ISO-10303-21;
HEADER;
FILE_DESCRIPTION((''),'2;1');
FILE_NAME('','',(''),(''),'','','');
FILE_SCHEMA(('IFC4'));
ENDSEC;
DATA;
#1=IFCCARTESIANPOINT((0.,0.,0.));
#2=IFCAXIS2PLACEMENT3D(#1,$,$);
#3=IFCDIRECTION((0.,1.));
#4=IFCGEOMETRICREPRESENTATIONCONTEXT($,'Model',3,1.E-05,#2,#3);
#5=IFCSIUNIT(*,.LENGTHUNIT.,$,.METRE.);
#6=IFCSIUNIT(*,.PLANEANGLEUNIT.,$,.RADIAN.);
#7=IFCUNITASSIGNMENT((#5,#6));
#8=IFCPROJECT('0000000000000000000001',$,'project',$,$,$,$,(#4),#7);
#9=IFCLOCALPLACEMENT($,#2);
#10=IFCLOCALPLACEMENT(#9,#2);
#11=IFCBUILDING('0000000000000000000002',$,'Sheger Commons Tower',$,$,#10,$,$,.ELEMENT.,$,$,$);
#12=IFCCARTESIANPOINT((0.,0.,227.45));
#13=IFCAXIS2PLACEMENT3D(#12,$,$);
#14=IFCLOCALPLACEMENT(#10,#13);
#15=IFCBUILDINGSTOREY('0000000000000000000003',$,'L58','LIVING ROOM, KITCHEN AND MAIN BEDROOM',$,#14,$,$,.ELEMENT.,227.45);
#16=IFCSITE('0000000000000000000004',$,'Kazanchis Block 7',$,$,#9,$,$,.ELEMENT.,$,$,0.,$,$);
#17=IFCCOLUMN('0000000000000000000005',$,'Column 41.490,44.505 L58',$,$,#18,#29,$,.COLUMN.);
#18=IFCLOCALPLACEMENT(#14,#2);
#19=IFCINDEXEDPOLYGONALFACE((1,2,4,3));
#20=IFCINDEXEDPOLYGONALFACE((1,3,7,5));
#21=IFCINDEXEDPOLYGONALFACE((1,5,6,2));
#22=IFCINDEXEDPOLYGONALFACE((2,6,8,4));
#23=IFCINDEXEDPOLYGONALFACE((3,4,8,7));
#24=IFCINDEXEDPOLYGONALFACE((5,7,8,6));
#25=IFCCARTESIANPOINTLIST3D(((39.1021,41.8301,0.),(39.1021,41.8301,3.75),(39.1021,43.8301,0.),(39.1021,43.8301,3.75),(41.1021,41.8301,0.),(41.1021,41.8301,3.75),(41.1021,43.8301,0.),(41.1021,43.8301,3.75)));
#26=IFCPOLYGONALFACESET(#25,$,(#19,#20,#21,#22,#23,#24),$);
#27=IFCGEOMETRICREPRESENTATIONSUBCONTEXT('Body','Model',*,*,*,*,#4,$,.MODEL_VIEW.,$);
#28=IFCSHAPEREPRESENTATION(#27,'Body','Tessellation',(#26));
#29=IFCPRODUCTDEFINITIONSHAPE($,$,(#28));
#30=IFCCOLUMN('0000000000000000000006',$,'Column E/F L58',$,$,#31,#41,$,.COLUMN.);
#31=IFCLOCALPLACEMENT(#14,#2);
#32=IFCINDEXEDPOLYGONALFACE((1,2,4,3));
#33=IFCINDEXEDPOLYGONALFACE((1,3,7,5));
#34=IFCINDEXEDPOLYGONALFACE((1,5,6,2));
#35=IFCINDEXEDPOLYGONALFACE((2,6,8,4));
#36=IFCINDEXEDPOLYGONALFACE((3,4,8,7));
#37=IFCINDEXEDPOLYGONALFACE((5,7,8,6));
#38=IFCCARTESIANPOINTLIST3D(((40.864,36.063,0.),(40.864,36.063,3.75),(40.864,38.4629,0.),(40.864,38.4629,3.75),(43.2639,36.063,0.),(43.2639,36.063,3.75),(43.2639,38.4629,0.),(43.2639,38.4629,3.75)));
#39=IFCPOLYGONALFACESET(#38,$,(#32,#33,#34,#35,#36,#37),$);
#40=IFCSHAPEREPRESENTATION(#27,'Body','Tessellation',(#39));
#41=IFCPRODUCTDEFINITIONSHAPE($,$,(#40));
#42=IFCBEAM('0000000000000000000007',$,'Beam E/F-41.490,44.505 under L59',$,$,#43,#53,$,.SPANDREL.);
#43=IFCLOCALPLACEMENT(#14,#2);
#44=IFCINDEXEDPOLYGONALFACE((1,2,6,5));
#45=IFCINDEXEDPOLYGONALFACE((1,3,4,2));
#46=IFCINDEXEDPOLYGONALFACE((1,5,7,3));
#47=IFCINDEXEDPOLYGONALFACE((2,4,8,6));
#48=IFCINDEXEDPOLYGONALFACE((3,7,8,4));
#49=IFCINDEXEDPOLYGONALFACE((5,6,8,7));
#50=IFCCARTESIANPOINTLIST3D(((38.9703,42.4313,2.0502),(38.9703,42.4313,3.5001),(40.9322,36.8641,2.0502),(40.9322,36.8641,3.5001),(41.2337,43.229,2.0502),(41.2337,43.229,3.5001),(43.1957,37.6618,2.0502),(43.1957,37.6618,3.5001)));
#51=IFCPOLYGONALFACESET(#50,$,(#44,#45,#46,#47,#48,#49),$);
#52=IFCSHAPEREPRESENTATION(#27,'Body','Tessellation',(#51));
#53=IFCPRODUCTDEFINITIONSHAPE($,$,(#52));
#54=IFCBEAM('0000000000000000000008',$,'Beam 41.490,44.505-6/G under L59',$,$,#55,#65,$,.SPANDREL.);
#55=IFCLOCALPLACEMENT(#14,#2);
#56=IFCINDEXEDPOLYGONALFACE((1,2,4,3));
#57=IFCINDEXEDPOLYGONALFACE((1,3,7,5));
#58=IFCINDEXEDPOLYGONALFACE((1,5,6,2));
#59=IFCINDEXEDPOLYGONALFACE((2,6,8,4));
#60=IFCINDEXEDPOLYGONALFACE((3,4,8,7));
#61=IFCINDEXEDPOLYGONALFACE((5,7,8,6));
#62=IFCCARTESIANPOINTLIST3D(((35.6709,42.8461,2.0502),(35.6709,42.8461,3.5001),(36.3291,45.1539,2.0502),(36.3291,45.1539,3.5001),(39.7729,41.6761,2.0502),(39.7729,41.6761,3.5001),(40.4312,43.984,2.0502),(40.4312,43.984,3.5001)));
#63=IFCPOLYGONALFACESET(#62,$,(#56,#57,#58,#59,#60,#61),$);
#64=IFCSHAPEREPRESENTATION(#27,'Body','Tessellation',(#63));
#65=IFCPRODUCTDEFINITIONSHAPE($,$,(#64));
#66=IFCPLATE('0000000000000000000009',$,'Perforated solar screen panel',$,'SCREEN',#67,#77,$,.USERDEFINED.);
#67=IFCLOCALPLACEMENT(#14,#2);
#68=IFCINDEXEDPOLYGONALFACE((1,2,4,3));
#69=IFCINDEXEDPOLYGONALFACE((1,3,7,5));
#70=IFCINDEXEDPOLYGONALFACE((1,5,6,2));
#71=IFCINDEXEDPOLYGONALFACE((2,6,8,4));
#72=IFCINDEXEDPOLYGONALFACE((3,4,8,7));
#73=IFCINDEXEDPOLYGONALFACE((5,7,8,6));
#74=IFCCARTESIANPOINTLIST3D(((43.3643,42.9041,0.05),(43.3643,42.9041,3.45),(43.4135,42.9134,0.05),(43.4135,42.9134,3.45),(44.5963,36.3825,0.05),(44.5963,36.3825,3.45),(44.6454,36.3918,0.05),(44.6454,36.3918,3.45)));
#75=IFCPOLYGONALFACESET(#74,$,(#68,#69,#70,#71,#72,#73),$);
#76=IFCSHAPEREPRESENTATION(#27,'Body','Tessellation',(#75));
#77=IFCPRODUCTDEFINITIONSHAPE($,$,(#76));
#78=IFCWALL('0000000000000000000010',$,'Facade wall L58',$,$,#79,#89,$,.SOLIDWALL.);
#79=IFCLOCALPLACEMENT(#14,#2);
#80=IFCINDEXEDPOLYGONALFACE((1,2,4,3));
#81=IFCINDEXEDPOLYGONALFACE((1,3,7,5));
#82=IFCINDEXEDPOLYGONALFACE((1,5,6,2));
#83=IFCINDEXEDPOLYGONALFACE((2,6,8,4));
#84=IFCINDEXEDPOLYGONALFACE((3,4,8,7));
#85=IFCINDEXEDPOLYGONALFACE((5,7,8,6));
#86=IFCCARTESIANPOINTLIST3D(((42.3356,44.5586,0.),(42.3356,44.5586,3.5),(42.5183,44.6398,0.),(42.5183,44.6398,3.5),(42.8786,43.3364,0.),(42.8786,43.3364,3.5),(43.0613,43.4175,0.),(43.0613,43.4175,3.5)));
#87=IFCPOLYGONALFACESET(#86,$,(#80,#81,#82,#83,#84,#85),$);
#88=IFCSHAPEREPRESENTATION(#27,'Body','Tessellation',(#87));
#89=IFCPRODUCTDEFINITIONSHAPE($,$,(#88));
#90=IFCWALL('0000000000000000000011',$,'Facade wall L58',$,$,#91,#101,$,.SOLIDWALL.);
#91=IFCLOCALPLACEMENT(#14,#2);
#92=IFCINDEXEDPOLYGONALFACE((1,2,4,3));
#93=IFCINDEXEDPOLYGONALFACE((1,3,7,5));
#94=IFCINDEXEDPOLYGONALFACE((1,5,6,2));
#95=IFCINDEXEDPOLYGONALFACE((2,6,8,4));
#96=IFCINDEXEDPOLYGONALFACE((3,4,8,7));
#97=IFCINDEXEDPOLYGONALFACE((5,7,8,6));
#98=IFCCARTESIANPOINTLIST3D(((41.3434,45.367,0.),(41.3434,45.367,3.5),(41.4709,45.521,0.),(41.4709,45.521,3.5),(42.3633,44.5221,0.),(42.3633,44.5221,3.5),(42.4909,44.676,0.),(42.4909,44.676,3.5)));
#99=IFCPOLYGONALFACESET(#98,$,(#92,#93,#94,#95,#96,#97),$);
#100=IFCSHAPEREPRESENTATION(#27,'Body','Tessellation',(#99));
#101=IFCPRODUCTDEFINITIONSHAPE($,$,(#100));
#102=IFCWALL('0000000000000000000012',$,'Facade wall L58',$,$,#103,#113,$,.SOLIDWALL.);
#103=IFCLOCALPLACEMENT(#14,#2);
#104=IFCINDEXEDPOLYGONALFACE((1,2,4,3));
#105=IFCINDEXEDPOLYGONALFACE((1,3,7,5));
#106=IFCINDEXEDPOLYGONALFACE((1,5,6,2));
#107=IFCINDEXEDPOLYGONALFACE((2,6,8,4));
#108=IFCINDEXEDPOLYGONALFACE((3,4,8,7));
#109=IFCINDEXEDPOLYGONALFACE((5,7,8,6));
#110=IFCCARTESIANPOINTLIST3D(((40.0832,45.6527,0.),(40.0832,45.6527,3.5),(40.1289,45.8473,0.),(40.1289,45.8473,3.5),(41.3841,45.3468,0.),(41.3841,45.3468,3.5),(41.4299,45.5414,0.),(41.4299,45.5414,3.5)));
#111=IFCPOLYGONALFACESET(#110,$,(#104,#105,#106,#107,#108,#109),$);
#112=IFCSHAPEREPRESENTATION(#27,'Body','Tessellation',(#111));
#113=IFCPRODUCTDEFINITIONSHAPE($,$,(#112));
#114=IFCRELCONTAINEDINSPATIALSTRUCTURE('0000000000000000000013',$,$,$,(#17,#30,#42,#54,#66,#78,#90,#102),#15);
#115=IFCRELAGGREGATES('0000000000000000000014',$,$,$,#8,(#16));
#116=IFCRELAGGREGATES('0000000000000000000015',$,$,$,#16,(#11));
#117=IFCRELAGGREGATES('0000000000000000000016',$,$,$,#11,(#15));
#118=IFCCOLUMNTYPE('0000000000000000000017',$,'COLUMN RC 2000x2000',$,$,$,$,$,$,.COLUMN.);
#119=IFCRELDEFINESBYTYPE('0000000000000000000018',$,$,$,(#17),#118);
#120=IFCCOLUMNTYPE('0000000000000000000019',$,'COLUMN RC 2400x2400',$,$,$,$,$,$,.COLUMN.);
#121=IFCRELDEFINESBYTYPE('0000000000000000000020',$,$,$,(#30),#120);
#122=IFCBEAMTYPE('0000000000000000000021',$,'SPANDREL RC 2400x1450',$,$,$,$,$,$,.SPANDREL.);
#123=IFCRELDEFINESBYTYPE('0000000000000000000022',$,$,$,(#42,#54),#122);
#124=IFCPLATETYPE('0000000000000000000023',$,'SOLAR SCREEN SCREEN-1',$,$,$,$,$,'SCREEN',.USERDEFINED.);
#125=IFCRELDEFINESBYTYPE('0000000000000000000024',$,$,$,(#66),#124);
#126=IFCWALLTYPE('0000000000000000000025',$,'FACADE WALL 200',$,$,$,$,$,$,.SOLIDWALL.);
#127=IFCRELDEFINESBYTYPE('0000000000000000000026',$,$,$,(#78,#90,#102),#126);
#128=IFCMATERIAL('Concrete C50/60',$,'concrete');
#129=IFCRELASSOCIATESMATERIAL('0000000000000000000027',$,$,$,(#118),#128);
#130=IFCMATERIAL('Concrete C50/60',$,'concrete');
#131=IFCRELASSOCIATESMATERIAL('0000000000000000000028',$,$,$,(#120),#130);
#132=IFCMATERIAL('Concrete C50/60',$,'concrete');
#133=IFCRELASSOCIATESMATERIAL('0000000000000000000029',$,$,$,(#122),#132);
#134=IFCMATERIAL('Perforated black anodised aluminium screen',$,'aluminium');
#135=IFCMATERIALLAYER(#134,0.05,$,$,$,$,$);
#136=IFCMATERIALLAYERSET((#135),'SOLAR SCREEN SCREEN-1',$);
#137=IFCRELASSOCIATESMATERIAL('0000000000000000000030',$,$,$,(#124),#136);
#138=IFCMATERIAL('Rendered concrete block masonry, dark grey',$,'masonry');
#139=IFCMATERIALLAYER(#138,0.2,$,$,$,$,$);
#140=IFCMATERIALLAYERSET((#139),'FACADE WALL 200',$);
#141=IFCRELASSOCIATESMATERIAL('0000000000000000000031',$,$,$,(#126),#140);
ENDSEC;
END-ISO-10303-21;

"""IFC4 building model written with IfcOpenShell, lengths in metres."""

from ifc_helpers import new_model, si_unit, direction, frame, frame_2d, origin, origin_2d, place, context, subcontext, project, spatial, rectangle, extrude, material, layer, layer_set, material_profile, profile_set, type_object, element, save


model = new_model("IFC4")

# Units and contexts
model_context = context("Model", 3, precision=1e-05, world=origin(), true_north=direction((0.0, 1.0)))
body_context = subcontext(model_context, "Body", "Model", "MODEL_VIEW")
ifc_project = project(units=[si_unit("LENGTHUNIT", "METRE"), si_unit("PLANEANGLEUNIT", "RADIAN")], contexts=[model_context])

# Site, building, storey
site_placement = place(None, origin())
site = spatial("IfcSite", under=ifc_project, at=site_placement, Name="Kazanchis Block 7", CompositionType="ELEMENT", RefElevation=0.0)
building_placement = place(site_placement, origin())
building = spatial("IfcBuilding", under=site, at=building_placement, Name="Sheger Commons Tower", CompositionType="ELEMENT")
storey_placement = place(building_placement, frame((0.0, 0.0, 227.45)))
storey = spatial("IfcBuildingStorey", under=building, at=storey_placement, Name="L58", Description="LIVING ROOM, KITCHEN AND MAIN BEDROOM", CompositionType="ELEMENT", Elevation=227.45)

# Columns
ifc_material_1 = material(Name="Concrete C50/60", Category="concrete")
ifc_material_profile_1 = material_profile(ifc_material_1, rectangle(XDim=2.0, YDim=2.0, at=origin_2d()), Name="RC 2000x2000")
ifc_profile_set_1 = profile_set([ifc_material_profile_1], Name="Concrete C50/60")
column_type_1 = type_object("IfcColumnType", Name="COLUMN RC 2000x2000", PredefinedType="COLUMN", material=ifc_profile_set_1)
column_1_placement = place(storey_placement, frame((40.1021, 42.8301, 0.0), z_axis=(0.0, 0.0, 1.0), x_axis=(1.0, 0.0, 0.0)))
element("IfcColumn", 1, at=column_1_placement, inside=storey, type_object=column_type_1, Name="Column 41.490,44.505 L58", PredefinedType="COLUMN", context=body_context, shape_type="SweptSolid", body=[
    extrude(rectangle(XDim=2.0, YDim=2.0, at=origin_2d()), origin(), (0.0, 0.0, 1.0), 3.75),
])
ifc_material_2 = material(Name="Concrete C50/60", Category="concrete")
ifc_material_profile_2 = material_profile(ifc_material_2, rectangle(XDim=2.3999, YDim=2.3999, at=origin_2d()), Name="RC 2400x2400")
ifc_profile_set_2 = profile_set([ifc_material_profile_2], Name="Concrete C50/60")
column_type_2 = type_object("IfcColumnType", Name="COLUMN RC 2400x2400", PredefinedType="COLUMN", material=ifc_profile_set_2)
column_2_placement = place(storey_placement, frame((42.064, 37.2629, 0.0), z_axis=(0.0, 0.0, 1.0), x_axis=(1.0, 0.0, 0.0)))
element("IfcColumn", 2, at=column_2_placement, inside=storey, type_object=column_type_2, Name="Column E/F L58", PredefinedType="COLUMN", context=body_context, shape_type="SweptSolid", body=[
    extrude(rectangle(XDim=2.3999, YDim=2.3999, at=origin_2d()), origin(), (0.0, 0.0, 1.0), 3.75),
])

# Beams
ifc_material_3 = material(Name="Concrete C50/60", Category="concrete")
ifc_material_profile_3 = material_profile(ifc_material_3, rectangle(XDim=2.3999, YDim=1.45, at=origin_2d()), Name="RC 2400x1450")
ifc_profile_set_3 = profile_set([ifc_material_profile_3], Name="Concrete C50/60")
beam_type = type_object("IfcBeamType", Name="SPANDREL RC 2400x1450", PredefinedType="SPANDREL", material=ifc_profile_set_3)
beam_1_placement = place(storey_placement, frame((42.064, 37.2629, 2.7751), z_axis=(-0.332374, 0.943148, 0.0), x_axis=(-0.943148, -0.332374, 0.0)))
element("IfcBeam", 3, at=beam_1_placement, inside=storey, type_object=beam_type, Name="Beam E/F-41.490,44.505 under L59", PredefinedType="SPANDREL", context=body_context, shape_type="SweptSolid", body=[
    extrude(rectangle(XDim=2.3999, YDim=1.45, at=origin_2d()), origin(), (0.0, 0.0, 1.0), 5.9028),
])
beam_2_placement = place(storey_placement, frame((40.1021, 42.8301, 2.7751), z_axis=(-0.961653, 0.274268, 0.0), x_axis=(-0.274268, -0.961653, 0.0)))
element("IfcBeam", 4, at=beam_2_placement, inside=storey, type_object=beam_type, Name="Beam 41.490,44.505-6/G under L59", PredefinedType="SPANDREL", context=body_context, shape_type="SweptSolid", body=[
    extrude(rectangle(XDim=2.3999, YDim=1.45, at=origin_2d()), origin(), (0.0, 0.0, 1.0), 4.2656),
])

# Plate
ifc_material_4 = material(Name="Perforated black anodised aluminium screen", Category="aluminium")
ifc_layer_1 = layer(ifc_material_4, 0.05)
ifc_layer_set_1 = layer_set([ifc_layer_1], Name="SOLAR SCREEN SCREEN-1")
plate_type = type_object("IfcPlateType", Name="SOLAR SCREEN SCREEN-1", ElementType="SCREEN", PredefinedType="USERDEFINED", material=ifc_layer_set_1)
plate_placement = place(storey_placement, frame((44.0049, 39.6479, 0.05), z_axis=(0.0, 0.0, 1.0), x_axis=(-0.185615, 0.982623, 0.0)))
element("IfcPlate", 5, at=plate_placement, inside=storey, type_object=plate_type, Name="Perforated solar screen panel", ObjectType="SCREEN", PredefinedType="USERDEFINED", context=body_context, shape_type="SweptSolid", body=[
    extrude(rectangle(XDim=6.637, YDim=0.05, at=origin_2d()), origin(), (0.0, 0.0, 1.0), 3.3999),
])

# Walls
ifc_material_5 = material(Name="Rendered concrete block masonry, dark grey", Category="masonry")
ifc_layer_2 = layer(ifc_material_5, 0.2)
ifc_layer_set_2 = layer_set([ifc_layer_2], Name="FACADE WALL 200")
wall_type_1 = type_object("IfcWallType", Name="FACADE WALL 200", PredefinedType="SOLIDWALL", material=ifc_layer_set_2)
wall_1_placement = place(storey_placement, frame((42.97, 43.377, 0.0), z_axis=(0.0, 0.0, 1.0), x_axis=(-0.406003, 0.913872, 0.0)))
element("IfcWall", 6, at=wall_1_placement, inside=storey, type_object=wall_type_1, Name="Facade wall L58", PredefinedType="SOLIDWALL", context=body_context, shape_type="SweptSolid", body=[
    extrude(rectangle(XDim=1.3374, YDim=0.2, at=frame_2d((0.6687, 0.0))), origin(), (0.0, 0.0, 1.0), 3.5),
])
wall_2_placement = place(storey_placement, frame((42.427, 44.5991, 0.0), z_axis=(0.0, 0.0, 1.0), x_axis=(-0.770091, 0.637934, 0.0)))
element("IfcWall", 7, at=wall_2_placement, inside=storey, type_object=wall_type_1, Name="Facade wall L58", PredefinedType="SOLIDWALL", context=body_context, shape_type="SweptSolid", body=[
    extrude(rectangle(XDim=1.3245, YDim=0.2, at=frame_2d((0.6621, 0.0))), origin(), (0.0, 0.0, 1.0), 3.5),
])
wall_3_placement = place(storey_placement, frame((41.407, 45.4441, 0.0), z_axis=(0.0, 0.0, 1.0), x_axis=(-0.973453, 0.228887, 0.0)))
element("IfcWall", 8, at=wall_3_placement, inside=storey, type_object=wall_type_1, Name="Facade wall L58", PredefinedType="SOLIDWALL", context=body_context, shape_type="SweptSolid", body=[
    extrude(rectangle(XDim=1.3364, YDim=0.2, at=frame_2d((0.6682, 0.0))), origin(), (0.0, 0.0, 1.0), 3.5),
])

save(model, "model.ifc")
